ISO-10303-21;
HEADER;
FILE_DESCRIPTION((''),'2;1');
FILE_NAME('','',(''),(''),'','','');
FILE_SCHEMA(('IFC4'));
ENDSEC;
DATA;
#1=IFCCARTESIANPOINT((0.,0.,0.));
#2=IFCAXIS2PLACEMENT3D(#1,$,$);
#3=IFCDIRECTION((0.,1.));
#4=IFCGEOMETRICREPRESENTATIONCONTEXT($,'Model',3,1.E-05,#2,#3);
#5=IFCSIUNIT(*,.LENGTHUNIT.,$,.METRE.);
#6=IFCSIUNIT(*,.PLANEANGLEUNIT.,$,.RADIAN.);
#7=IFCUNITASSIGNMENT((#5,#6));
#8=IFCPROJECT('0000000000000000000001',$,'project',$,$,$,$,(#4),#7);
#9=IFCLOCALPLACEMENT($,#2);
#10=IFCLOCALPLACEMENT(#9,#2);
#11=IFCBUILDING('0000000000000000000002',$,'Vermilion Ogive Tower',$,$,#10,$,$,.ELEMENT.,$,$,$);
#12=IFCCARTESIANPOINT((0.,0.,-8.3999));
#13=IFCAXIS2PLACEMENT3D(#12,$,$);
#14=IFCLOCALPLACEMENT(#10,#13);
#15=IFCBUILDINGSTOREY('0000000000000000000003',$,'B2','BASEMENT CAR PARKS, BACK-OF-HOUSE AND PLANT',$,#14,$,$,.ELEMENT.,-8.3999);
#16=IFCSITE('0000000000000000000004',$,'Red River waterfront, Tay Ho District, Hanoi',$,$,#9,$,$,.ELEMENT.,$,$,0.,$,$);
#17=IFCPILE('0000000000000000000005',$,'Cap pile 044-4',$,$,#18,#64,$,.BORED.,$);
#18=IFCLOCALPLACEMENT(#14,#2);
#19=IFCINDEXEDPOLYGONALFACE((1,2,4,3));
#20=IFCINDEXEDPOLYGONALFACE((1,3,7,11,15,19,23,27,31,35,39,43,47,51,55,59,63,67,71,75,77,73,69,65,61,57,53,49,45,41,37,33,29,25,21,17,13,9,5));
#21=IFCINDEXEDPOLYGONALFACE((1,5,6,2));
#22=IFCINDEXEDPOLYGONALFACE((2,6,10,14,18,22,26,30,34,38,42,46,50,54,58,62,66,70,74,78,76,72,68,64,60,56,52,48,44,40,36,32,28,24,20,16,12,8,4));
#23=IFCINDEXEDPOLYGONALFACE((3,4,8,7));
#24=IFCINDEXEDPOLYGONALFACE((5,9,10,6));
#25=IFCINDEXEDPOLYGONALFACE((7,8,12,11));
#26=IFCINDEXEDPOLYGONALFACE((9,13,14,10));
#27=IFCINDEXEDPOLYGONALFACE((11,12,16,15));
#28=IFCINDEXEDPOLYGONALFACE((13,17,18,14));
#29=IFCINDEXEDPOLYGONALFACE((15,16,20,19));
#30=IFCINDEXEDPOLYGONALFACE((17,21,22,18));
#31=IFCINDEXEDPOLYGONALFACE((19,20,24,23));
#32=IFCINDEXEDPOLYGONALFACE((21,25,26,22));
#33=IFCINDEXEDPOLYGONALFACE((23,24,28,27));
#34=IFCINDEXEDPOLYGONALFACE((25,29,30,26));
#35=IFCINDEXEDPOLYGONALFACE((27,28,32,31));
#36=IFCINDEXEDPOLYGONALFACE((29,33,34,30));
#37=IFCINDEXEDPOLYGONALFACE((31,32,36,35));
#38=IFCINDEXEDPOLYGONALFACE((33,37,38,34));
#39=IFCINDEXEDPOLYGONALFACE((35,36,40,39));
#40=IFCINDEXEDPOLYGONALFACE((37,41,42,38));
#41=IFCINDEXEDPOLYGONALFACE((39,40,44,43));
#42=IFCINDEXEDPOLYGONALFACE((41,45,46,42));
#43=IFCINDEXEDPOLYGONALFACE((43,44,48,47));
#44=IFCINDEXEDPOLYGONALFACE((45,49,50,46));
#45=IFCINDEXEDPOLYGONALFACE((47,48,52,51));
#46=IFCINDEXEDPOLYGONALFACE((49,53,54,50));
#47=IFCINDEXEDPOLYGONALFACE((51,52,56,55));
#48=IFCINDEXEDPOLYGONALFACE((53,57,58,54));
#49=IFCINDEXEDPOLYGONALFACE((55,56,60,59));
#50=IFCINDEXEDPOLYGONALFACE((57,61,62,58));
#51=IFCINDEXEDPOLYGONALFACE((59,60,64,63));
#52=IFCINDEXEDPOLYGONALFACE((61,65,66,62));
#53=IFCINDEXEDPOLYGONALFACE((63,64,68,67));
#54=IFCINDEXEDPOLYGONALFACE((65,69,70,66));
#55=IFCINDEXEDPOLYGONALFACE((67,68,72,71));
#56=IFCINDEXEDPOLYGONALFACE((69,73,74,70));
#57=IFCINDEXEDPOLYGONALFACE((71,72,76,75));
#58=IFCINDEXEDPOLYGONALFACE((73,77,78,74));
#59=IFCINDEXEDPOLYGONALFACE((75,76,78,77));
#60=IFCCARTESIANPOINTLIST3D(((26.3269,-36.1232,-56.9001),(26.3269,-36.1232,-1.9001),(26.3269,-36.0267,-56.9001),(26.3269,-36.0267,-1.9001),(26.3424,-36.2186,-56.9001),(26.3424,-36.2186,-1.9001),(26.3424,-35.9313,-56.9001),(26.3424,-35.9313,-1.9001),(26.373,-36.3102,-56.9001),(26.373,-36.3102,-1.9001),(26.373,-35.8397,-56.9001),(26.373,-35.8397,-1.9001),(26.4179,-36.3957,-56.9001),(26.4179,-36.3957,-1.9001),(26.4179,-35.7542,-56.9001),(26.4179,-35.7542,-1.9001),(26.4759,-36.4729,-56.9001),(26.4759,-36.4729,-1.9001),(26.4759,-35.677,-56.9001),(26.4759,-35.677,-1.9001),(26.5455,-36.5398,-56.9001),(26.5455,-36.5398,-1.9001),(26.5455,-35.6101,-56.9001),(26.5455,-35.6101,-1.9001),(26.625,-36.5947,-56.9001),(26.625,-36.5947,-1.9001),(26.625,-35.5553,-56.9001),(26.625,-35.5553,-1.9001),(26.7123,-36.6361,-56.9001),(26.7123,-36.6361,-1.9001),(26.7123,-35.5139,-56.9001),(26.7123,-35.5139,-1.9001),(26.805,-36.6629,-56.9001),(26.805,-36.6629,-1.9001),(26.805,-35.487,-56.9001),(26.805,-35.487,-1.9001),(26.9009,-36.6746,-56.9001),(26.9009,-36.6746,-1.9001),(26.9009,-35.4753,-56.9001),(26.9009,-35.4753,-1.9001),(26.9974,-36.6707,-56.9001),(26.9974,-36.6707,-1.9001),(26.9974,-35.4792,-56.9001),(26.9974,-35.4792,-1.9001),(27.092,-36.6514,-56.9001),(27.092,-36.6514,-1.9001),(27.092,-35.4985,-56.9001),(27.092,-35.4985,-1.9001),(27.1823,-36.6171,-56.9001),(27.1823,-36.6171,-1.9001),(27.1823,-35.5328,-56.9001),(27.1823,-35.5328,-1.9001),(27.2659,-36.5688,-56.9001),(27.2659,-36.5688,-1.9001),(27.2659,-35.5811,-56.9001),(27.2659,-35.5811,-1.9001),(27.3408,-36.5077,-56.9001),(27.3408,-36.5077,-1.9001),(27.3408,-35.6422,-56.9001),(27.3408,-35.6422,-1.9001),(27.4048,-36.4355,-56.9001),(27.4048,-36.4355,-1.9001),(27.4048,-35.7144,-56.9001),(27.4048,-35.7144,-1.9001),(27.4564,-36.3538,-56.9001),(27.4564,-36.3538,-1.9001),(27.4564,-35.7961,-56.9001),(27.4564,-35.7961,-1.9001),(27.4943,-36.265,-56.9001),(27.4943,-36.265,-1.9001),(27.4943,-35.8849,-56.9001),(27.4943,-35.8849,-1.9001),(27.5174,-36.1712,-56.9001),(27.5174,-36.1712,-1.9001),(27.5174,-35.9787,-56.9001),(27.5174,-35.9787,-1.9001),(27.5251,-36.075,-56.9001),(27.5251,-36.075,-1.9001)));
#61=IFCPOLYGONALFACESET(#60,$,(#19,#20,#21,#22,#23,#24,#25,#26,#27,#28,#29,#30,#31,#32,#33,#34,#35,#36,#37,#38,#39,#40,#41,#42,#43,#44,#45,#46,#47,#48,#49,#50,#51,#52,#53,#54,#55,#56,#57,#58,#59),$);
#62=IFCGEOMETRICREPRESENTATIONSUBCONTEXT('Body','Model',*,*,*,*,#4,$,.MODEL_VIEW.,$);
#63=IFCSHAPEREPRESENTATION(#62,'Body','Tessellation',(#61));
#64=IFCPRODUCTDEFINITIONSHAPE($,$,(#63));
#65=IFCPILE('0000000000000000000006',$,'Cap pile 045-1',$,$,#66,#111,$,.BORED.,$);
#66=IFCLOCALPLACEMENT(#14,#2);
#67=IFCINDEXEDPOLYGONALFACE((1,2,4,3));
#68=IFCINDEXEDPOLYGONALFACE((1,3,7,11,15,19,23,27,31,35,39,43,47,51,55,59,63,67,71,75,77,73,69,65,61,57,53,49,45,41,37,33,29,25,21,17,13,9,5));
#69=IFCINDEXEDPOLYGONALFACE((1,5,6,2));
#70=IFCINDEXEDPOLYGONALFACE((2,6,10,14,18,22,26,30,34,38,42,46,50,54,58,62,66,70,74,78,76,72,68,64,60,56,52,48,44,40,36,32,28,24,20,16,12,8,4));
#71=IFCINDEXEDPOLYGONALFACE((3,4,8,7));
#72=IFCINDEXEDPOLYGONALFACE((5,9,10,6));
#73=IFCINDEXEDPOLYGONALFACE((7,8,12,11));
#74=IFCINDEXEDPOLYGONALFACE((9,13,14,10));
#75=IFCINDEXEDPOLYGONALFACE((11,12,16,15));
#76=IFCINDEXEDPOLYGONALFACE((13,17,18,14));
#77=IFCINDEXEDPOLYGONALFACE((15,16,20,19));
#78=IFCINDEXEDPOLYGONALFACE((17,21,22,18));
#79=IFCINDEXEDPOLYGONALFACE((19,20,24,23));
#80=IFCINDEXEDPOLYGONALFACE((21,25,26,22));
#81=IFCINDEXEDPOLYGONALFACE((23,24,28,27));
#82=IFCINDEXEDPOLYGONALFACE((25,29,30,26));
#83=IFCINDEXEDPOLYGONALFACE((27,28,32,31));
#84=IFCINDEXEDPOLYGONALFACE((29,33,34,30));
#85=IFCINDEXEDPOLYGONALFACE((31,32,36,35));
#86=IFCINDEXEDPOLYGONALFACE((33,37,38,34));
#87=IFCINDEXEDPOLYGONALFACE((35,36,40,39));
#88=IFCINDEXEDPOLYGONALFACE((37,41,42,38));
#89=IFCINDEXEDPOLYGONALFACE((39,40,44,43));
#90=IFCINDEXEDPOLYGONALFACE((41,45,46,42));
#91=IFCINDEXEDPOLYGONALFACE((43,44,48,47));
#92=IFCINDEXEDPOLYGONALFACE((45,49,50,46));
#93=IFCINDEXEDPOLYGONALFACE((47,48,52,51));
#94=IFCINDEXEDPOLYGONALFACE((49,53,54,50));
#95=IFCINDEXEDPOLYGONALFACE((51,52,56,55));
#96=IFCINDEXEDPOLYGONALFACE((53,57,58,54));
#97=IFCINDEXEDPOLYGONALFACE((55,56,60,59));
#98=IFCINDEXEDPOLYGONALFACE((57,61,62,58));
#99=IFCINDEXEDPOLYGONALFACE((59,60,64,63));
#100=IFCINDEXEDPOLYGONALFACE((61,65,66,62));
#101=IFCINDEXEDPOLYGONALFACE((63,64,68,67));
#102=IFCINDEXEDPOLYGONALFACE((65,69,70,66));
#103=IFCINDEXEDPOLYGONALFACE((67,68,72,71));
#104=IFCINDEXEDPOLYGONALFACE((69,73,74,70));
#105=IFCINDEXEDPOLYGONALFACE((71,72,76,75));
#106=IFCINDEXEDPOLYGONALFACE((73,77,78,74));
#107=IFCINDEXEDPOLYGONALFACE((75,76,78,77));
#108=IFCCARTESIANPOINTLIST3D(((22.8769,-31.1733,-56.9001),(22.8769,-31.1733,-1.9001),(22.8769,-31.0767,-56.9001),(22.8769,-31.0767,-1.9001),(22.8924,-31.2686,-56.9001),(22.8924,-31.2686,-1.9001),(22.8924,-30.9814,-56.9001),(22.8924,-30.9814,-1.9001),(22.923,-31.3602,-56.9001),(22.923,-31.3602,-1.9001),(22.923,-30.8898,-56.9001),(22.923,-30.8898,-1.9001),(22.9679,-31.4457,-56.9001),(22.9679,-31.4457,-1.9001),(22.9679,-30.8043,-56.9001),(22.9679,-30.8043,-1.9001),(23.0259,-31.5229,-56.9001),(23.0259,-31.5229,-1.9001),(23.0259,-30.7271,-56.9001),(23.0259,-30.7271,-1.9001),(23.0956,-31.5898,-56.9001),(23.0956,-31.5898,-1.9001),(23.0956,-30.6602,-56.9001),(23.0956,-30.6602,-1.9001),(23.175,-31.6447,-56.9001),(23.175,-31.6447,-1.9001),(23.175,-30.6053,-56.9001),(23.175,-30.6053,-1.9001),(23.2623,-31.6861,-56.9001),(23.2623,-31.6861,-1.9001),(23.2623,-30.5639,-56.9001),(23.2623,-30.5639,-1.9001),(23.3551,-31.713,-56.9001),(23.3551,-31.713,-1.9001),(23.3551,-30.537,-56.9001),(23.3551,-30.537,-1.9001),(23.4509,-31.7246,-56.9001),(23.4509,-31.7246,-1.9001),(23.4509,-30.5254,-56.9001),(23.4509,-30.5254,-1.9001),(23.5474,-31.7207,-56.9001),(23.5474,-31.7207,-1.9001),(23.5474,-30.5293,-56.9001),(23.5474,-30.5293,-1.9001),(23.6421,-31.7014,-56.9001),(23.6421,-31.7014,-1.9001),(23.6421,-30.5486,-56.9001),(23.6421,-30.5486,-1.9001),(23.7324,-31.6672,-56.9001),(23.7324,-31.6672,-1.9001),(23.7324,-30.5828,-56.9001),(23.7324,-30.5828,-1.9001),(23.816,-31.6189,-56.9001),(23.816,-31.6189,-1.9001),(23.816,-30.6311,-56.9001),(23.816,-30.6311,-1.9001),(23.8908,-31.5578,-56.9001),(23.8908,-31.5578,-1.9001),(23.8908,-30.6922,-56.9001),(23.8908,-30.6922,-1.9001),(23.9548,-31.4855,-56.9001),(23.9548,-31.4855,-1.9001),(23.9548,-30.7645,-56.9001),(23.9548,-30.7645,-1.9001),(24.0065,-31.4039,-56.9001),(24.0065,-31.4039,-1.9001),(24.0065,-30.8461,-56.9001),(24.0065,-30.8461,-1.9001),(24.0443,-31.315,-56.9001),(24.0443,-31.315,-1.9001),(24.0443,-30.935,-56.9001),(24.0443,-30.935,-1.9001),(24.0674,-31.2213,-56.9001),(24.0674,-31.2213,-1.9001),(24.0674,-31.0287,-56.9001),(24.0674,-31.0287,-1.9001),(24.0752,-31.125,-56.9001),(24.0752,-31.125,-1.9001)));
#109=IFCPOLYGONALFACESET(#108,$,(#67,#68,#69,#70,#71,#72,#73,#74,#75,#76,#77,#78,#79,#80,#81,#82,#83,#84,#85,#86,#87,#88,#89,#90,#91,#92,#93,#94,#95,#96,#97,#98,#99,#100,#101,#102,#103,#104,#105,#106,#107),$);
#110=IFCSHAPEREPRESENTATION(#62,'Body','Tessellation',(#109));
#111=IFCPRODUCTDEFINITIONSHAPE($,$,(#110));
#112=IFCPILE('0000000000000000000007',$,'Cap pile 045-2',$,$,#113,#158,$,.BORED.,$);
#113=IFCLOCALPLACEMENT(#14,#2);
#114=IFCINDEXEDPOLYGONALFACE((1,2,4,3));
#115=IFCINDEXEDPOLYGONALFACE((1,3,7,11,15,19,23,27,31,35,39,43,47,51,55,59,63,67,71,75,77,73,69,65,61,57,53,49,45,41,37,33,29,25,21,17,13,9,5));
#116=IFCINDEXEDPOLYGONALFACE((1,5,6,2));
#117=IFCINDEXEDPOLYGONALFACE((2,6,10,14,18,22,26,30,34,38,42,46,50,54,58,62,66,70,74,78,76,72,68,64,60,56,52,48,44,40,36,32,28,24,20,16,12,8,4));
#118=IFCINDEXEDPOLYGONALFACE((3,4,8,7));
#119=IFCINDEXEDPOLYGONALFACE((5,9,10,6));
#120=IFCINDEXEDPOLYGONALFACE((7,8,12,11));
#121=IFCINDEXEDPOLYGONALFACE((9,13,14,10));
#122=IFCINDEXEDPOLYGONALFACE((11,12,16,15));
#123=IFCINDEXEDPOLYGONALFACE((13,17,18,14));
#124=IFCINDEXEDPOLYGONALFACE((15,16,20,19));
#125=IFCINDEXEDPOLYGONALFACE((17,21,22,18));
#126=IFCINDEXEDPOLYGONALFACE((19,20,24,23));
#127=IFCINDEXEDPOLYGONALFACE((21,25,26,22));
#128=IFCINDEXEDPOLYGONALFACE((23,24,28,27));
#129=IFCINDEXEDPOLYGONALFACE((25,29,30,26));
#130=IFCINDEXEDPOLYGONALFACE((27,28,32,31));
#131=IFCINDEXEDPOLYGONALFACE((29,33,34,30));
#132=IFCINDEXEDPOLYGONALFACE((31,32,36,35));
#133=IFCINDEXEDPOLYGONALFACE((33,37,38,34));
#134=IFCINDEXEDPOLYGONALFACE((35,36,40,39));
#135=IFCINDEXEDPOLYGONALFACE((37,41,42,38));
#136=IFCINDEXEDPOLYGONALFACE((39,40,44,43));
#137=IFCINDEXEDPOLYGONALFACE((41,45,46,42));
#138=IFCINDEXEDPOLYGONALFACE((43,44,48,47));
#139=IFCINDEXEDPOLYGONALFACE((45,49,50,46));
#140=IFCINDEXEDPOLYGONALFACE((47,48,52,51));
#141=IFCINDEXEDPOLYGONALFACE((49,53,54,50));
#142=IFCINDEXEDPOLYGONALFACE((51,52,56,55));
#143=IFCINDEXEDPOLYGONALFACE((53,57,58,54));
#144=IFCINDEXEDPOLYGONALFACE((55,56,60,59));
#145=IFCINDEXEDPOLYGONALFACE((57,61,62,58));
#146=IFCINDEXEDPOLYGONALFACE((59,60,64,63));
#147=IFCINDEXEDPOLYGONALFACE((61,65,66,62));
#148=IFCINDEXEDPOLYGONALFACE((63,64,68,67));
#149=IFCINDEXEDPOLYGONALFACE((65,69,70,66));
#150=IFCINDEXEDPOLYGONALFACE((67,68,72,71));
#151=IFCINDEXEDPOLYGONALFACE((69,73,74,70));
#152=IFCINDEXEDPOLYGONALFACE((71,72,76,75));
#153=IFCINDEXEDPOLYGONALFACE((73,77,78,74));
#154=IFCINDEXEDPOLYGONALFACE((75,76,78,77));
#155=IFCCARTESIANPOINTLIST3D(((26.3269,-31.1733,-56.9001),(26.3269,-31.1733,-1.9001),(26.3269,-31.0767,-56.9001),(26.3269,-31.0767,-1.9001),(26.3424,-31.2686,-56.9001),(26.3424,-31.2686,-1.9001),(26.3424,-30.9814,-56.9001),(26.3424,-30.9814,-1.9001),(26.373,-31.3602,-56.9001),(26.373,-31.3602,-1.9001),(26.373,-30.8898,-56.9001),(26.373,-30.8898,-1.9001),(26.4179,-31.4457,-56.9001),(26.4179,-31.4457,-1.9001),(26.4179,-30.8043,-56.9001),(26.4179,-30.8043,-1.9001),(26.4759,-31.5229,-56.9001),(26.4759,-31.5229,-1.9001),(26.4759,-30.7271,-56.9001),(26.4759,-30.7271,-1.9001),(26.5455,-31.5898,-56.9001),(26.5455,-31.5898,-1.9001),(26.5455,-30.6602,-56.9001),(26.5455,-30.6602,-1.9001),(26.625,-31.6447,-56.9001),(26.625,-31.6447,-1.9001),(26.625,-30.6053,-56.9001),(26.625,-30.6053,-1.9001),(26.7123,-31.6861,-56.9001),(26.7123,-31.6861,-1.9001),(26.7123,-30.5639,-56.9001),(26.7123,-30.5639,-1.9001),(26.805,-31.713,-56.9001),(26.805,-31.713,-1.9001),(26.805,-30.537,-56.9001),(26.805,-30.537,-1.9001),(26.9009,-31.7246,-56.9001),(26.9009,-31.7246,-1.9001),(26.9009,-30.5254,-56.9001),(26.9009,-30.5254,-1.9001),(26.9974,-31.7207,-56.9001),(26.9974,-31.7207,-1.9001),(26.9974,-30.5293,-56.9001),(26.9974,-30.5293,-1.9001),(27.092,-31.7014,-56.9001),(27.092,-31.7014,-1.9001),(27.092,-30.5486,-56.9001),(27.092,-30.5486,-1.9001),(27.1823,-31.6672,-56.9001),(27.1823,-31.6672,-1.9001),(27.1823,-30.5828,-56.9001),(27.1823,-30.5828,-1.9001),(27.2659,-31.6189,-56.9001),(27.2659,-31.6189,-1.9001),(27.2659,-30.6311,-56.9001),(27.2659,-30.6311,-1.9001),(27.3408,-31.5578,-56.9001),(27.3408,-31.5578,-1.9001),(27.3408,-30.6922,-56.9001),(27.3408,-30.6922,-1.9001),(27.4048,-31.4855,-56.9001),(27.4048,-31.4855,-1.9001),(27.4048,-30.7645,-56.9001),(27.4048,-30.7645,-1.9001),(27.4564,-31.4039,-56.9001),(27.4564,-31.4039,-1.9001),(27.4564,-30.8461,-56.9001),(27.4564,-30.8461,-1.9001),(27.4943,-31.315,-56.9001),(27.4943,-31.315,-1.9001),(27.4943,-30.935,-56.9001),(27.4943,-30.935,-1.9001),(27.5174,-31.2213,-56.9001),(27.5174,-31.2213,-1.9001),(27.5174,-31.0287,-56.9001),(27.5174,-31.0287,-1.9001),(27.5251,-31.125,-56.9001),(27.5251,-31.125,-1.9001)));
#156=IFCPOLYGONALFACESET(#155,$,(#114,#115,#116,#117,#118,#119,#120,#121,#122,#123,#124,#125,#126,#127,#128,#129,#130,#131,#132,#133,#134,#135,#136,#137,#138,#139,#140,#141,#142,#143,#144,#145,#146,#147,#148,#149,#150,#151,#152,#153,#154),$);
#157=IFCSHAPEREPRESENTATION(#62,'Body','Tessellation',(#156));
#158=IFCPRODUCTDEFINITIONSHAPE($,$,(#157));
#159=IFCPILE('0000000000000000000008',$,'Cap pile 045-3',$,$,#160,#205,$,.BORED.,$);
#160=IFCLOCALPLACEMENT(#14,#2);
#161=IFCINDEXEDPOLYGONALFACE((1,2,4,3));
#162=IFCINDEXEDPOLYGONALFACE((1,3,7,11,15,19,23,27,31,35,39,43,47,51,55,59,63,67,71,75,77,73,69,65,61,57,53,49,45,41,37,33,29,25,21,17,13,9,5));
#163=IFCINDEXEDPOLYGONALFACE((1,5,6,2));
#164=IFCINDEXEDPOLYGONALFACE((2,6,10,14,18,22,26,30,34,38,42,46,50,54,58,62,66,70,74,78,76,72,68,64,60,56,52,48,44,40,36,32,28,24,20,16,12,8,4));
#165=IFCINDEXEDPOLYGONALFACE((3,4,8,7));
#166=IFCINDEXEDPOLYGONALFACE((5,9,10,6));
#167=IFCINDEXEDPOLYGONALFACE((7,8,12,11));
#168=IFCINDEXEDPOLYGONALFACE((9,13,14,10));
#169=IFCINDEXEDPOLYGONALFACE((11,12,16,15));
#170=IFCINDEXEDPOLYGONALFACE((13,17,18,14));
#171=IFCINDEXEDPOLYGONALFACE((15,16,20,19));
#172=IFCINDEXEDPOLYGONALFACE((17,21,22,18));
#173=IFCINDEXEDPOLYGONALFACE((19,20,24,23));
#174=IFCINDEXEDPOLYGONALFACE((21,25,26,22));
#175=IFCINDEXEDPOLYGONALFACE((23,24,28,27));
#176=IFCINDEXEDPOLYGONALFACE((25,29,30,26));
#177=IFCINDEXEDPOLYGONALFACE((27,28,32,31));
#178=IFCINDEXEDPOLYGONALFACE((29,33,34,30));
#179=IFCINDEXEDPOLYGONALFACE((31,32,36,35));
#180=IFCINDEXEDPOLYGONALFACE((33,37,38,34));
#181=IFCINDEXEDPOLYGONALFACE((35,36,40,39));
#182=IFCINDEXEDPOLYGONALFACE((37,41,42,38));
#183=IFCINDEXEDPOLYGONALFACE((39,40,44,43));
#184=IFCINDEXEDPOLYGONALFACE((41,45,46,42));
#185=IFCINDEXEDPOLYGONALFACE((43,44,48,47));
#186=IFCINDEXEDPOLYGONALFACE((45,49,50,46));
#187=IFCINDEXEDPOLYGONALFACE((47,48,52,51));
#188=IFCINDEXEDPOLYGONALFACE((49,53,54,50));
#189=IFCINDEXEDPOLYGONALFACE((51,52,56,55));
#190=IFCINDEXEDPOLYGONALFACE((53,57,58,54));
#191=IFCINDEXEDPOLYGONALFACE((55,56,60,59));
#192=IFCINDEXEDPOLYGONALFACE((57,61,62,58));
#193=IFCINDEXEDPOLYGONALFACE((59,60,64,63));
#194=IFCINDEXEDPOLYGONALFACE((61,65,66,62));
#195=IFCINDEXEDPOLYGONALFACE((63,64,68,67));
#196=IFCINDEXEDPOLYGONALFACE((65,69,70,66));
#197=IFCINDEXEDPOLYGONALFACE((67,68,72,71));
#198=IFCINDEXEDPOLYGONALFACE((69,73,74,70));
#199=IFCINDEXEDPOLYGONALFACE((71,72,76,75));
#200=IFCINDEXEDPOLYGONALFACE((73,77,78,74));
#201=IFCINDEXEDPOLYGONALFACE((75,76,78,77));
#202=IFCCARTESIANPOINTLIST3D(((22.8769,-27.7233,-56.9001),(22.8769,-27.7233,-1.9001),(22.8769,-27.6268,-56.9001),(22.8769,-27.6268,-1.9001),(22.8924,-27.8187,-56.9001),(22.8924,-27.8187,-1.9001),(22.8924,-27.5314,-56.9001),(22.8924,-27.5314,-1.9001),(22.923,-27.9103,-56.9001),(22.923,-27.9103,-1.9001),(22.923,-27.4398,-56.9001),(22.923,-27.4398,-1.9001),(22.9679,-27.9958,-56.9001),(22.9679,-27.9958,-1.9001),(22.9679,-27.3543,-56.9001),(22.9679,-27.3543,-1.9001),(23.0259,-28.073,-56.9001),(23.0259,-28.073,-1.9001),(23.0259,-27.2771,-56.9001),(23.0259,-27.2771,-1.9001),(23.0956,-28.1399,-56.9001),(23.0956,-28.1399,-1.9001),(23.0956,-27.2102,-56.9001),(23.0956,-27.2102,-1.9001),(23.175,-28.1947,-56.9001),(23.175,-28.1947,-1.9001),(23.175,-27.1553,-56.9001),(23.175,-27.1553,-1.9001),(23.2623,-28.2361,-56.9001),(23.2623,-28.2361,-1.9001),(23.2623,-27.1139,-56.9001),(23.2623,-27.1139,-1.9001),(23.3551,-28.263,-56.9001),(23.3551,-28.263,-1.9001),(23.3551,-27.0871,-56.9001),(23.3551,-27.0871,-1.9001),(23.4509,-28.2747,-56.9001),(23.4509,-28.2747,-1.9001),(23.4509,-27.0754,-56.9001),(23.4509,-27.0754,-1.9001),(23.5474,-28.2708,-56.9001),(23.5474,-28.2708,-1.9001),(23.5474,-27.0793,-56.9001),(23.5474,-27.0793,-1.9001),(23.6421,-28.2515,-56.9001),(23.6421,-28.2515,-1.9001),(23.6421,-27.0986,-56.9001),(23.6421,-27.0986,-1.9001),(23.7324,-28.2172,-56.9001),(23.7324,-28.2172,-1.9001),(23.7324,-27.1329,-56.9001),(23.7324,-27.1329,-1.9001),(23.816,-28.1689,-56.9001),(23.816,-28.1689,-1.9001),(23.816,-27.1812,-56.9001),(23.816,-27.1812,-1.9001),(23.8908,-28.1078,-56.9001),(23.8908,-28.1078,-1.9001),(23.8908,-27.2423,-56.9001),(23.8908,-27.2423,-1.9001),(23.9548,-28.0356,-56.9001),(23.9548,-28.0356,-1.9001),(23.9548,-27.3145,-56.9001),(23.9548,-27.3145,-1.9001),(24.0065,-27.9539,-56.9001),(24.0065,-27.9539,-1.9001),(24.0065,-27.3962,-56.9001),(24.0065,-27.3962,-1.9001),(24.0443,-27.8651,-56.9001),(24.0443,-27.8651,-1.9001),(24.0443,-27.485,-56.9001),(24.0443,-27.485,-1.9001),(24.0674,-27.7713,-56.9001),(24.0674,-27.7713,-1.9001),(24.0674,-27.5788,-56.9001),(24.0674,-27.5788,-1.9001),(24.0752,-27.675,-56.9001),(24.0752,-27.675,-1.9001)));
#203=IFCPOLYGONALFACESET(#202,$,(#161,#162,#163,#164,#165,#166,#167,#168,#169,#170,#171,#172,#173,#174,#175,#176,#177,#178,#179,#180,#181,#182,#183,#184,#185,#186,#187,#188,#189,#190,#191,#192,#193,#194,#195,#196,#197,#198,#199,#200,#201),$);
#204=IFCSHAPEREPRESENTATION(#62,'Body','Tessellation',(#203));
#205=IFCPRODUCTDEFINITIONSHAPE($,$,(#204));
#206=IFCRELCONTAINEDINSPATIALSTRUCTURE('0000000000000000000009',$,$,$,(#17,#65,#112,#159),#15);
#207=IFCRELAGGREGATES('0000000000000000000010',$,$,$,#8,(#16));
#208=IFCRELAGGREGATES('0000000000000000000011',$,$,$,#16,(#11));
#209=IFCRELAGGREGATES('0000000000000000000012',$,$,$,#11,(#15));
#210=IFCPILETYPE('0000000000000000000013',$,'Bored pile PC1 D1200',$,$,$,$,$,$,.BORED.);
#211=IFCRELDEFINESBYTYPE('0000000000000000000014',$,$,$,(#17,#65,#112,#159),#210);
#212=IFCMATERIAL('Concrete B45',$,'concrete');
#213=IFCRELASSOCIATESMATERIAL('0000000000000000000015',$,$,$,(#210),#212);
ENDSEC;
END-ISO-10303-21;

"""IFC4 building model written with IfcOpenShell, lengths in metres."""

from ifc_helpers import new_model, si_unit, direction, frame, origin, origin_2d, place, context, subcontext, project, spatial, circle, extrude, material, type_object, element, save


model = new_model("IFC4")

# Units and contexts
model_context = context("Model", 3, precision=1e-05, world=origin(), true_north=direction((0.0, 1.0)))
body_context = subcontext(model_context, "Body", "Model", "MODEL_VIEW")
ifc_project = project(units=[si_unit("LENGTHUNIT", "METRE"), si_unit("PLANEANGLEUNIT", "RADIAN")], contexts=[model_context])

# Site, building, storey
site_placement = place(None, origin())
site = spatial("IfcSite", under=ifc_project, at=site_placement, Name="Red River waterfront, Tay Ho District, Hanoi", CompositionType="ELEMENT", RefElevation=0.0)
building_placement = place(site_placement, origin())
building = spatial("IfcBuilding", under=site, at=building_placement, Name="Vermilion Ogive Tower", CompositionType="ELEMENT")
storey_placement = place(building_placement, frame((0.0, 0.0, -8.3999)))
storey = spatial("IfcBuildingStorey", under=building, at=storey_placement, Name="B2", Description="BASEMENT CAR PARKS, BACK-OF-HOUSE AND PLANT", CompositionType="ELEMENT", Elevation=-8.3999)

# Piles
ifc_material_1 = material(Name="Concrete B45", Category="concrete")
pile_type_1 = type_object("IfcPileType", Name="Bored pile PC1 D1200", PredefinedType="BORED", material=ifc_material_1)
for number, where, z_axis, x_axis, name in (
    (1, (26.925, -36.075, -1.9001), (0.0, 0.0, -1.0), (1.0, 0.0, 0.0), "Cap pile 044-4"),
    (2, (23.4751, -31.125, -1.9001), (0.0, 0.0, -1.0), (1.0, 0.0, 0.0), "Cap pile 045-1"),
    (3, (26.925, -31.125, -1.9001), (0.0, 0.0, -1.0), (1.0, 0.0, 0.0), "Cap pile 045-2"),
    (4, (23.4751, -27.675, -1.9001), (0.0, 0.0, -1.0), (1.0, 0.0, 0.0), "Cap pile 045-3"),
):
    element("IfcPile", number, at=place(storey_placement, frame(where, z_axis=z_axis, x_axis=x_axis)), inside=storey, type_object=pile_type_1, Name=name, PredefinedType="BORED", context=body_context, shape_type="SweptSolid", body=[
        extrude(circle(Radius=0.6001, at=origin_2d()), origin(), (0.0, 0.0, 1.0), 55.0),
    ])

save(model, "model.ifc")
